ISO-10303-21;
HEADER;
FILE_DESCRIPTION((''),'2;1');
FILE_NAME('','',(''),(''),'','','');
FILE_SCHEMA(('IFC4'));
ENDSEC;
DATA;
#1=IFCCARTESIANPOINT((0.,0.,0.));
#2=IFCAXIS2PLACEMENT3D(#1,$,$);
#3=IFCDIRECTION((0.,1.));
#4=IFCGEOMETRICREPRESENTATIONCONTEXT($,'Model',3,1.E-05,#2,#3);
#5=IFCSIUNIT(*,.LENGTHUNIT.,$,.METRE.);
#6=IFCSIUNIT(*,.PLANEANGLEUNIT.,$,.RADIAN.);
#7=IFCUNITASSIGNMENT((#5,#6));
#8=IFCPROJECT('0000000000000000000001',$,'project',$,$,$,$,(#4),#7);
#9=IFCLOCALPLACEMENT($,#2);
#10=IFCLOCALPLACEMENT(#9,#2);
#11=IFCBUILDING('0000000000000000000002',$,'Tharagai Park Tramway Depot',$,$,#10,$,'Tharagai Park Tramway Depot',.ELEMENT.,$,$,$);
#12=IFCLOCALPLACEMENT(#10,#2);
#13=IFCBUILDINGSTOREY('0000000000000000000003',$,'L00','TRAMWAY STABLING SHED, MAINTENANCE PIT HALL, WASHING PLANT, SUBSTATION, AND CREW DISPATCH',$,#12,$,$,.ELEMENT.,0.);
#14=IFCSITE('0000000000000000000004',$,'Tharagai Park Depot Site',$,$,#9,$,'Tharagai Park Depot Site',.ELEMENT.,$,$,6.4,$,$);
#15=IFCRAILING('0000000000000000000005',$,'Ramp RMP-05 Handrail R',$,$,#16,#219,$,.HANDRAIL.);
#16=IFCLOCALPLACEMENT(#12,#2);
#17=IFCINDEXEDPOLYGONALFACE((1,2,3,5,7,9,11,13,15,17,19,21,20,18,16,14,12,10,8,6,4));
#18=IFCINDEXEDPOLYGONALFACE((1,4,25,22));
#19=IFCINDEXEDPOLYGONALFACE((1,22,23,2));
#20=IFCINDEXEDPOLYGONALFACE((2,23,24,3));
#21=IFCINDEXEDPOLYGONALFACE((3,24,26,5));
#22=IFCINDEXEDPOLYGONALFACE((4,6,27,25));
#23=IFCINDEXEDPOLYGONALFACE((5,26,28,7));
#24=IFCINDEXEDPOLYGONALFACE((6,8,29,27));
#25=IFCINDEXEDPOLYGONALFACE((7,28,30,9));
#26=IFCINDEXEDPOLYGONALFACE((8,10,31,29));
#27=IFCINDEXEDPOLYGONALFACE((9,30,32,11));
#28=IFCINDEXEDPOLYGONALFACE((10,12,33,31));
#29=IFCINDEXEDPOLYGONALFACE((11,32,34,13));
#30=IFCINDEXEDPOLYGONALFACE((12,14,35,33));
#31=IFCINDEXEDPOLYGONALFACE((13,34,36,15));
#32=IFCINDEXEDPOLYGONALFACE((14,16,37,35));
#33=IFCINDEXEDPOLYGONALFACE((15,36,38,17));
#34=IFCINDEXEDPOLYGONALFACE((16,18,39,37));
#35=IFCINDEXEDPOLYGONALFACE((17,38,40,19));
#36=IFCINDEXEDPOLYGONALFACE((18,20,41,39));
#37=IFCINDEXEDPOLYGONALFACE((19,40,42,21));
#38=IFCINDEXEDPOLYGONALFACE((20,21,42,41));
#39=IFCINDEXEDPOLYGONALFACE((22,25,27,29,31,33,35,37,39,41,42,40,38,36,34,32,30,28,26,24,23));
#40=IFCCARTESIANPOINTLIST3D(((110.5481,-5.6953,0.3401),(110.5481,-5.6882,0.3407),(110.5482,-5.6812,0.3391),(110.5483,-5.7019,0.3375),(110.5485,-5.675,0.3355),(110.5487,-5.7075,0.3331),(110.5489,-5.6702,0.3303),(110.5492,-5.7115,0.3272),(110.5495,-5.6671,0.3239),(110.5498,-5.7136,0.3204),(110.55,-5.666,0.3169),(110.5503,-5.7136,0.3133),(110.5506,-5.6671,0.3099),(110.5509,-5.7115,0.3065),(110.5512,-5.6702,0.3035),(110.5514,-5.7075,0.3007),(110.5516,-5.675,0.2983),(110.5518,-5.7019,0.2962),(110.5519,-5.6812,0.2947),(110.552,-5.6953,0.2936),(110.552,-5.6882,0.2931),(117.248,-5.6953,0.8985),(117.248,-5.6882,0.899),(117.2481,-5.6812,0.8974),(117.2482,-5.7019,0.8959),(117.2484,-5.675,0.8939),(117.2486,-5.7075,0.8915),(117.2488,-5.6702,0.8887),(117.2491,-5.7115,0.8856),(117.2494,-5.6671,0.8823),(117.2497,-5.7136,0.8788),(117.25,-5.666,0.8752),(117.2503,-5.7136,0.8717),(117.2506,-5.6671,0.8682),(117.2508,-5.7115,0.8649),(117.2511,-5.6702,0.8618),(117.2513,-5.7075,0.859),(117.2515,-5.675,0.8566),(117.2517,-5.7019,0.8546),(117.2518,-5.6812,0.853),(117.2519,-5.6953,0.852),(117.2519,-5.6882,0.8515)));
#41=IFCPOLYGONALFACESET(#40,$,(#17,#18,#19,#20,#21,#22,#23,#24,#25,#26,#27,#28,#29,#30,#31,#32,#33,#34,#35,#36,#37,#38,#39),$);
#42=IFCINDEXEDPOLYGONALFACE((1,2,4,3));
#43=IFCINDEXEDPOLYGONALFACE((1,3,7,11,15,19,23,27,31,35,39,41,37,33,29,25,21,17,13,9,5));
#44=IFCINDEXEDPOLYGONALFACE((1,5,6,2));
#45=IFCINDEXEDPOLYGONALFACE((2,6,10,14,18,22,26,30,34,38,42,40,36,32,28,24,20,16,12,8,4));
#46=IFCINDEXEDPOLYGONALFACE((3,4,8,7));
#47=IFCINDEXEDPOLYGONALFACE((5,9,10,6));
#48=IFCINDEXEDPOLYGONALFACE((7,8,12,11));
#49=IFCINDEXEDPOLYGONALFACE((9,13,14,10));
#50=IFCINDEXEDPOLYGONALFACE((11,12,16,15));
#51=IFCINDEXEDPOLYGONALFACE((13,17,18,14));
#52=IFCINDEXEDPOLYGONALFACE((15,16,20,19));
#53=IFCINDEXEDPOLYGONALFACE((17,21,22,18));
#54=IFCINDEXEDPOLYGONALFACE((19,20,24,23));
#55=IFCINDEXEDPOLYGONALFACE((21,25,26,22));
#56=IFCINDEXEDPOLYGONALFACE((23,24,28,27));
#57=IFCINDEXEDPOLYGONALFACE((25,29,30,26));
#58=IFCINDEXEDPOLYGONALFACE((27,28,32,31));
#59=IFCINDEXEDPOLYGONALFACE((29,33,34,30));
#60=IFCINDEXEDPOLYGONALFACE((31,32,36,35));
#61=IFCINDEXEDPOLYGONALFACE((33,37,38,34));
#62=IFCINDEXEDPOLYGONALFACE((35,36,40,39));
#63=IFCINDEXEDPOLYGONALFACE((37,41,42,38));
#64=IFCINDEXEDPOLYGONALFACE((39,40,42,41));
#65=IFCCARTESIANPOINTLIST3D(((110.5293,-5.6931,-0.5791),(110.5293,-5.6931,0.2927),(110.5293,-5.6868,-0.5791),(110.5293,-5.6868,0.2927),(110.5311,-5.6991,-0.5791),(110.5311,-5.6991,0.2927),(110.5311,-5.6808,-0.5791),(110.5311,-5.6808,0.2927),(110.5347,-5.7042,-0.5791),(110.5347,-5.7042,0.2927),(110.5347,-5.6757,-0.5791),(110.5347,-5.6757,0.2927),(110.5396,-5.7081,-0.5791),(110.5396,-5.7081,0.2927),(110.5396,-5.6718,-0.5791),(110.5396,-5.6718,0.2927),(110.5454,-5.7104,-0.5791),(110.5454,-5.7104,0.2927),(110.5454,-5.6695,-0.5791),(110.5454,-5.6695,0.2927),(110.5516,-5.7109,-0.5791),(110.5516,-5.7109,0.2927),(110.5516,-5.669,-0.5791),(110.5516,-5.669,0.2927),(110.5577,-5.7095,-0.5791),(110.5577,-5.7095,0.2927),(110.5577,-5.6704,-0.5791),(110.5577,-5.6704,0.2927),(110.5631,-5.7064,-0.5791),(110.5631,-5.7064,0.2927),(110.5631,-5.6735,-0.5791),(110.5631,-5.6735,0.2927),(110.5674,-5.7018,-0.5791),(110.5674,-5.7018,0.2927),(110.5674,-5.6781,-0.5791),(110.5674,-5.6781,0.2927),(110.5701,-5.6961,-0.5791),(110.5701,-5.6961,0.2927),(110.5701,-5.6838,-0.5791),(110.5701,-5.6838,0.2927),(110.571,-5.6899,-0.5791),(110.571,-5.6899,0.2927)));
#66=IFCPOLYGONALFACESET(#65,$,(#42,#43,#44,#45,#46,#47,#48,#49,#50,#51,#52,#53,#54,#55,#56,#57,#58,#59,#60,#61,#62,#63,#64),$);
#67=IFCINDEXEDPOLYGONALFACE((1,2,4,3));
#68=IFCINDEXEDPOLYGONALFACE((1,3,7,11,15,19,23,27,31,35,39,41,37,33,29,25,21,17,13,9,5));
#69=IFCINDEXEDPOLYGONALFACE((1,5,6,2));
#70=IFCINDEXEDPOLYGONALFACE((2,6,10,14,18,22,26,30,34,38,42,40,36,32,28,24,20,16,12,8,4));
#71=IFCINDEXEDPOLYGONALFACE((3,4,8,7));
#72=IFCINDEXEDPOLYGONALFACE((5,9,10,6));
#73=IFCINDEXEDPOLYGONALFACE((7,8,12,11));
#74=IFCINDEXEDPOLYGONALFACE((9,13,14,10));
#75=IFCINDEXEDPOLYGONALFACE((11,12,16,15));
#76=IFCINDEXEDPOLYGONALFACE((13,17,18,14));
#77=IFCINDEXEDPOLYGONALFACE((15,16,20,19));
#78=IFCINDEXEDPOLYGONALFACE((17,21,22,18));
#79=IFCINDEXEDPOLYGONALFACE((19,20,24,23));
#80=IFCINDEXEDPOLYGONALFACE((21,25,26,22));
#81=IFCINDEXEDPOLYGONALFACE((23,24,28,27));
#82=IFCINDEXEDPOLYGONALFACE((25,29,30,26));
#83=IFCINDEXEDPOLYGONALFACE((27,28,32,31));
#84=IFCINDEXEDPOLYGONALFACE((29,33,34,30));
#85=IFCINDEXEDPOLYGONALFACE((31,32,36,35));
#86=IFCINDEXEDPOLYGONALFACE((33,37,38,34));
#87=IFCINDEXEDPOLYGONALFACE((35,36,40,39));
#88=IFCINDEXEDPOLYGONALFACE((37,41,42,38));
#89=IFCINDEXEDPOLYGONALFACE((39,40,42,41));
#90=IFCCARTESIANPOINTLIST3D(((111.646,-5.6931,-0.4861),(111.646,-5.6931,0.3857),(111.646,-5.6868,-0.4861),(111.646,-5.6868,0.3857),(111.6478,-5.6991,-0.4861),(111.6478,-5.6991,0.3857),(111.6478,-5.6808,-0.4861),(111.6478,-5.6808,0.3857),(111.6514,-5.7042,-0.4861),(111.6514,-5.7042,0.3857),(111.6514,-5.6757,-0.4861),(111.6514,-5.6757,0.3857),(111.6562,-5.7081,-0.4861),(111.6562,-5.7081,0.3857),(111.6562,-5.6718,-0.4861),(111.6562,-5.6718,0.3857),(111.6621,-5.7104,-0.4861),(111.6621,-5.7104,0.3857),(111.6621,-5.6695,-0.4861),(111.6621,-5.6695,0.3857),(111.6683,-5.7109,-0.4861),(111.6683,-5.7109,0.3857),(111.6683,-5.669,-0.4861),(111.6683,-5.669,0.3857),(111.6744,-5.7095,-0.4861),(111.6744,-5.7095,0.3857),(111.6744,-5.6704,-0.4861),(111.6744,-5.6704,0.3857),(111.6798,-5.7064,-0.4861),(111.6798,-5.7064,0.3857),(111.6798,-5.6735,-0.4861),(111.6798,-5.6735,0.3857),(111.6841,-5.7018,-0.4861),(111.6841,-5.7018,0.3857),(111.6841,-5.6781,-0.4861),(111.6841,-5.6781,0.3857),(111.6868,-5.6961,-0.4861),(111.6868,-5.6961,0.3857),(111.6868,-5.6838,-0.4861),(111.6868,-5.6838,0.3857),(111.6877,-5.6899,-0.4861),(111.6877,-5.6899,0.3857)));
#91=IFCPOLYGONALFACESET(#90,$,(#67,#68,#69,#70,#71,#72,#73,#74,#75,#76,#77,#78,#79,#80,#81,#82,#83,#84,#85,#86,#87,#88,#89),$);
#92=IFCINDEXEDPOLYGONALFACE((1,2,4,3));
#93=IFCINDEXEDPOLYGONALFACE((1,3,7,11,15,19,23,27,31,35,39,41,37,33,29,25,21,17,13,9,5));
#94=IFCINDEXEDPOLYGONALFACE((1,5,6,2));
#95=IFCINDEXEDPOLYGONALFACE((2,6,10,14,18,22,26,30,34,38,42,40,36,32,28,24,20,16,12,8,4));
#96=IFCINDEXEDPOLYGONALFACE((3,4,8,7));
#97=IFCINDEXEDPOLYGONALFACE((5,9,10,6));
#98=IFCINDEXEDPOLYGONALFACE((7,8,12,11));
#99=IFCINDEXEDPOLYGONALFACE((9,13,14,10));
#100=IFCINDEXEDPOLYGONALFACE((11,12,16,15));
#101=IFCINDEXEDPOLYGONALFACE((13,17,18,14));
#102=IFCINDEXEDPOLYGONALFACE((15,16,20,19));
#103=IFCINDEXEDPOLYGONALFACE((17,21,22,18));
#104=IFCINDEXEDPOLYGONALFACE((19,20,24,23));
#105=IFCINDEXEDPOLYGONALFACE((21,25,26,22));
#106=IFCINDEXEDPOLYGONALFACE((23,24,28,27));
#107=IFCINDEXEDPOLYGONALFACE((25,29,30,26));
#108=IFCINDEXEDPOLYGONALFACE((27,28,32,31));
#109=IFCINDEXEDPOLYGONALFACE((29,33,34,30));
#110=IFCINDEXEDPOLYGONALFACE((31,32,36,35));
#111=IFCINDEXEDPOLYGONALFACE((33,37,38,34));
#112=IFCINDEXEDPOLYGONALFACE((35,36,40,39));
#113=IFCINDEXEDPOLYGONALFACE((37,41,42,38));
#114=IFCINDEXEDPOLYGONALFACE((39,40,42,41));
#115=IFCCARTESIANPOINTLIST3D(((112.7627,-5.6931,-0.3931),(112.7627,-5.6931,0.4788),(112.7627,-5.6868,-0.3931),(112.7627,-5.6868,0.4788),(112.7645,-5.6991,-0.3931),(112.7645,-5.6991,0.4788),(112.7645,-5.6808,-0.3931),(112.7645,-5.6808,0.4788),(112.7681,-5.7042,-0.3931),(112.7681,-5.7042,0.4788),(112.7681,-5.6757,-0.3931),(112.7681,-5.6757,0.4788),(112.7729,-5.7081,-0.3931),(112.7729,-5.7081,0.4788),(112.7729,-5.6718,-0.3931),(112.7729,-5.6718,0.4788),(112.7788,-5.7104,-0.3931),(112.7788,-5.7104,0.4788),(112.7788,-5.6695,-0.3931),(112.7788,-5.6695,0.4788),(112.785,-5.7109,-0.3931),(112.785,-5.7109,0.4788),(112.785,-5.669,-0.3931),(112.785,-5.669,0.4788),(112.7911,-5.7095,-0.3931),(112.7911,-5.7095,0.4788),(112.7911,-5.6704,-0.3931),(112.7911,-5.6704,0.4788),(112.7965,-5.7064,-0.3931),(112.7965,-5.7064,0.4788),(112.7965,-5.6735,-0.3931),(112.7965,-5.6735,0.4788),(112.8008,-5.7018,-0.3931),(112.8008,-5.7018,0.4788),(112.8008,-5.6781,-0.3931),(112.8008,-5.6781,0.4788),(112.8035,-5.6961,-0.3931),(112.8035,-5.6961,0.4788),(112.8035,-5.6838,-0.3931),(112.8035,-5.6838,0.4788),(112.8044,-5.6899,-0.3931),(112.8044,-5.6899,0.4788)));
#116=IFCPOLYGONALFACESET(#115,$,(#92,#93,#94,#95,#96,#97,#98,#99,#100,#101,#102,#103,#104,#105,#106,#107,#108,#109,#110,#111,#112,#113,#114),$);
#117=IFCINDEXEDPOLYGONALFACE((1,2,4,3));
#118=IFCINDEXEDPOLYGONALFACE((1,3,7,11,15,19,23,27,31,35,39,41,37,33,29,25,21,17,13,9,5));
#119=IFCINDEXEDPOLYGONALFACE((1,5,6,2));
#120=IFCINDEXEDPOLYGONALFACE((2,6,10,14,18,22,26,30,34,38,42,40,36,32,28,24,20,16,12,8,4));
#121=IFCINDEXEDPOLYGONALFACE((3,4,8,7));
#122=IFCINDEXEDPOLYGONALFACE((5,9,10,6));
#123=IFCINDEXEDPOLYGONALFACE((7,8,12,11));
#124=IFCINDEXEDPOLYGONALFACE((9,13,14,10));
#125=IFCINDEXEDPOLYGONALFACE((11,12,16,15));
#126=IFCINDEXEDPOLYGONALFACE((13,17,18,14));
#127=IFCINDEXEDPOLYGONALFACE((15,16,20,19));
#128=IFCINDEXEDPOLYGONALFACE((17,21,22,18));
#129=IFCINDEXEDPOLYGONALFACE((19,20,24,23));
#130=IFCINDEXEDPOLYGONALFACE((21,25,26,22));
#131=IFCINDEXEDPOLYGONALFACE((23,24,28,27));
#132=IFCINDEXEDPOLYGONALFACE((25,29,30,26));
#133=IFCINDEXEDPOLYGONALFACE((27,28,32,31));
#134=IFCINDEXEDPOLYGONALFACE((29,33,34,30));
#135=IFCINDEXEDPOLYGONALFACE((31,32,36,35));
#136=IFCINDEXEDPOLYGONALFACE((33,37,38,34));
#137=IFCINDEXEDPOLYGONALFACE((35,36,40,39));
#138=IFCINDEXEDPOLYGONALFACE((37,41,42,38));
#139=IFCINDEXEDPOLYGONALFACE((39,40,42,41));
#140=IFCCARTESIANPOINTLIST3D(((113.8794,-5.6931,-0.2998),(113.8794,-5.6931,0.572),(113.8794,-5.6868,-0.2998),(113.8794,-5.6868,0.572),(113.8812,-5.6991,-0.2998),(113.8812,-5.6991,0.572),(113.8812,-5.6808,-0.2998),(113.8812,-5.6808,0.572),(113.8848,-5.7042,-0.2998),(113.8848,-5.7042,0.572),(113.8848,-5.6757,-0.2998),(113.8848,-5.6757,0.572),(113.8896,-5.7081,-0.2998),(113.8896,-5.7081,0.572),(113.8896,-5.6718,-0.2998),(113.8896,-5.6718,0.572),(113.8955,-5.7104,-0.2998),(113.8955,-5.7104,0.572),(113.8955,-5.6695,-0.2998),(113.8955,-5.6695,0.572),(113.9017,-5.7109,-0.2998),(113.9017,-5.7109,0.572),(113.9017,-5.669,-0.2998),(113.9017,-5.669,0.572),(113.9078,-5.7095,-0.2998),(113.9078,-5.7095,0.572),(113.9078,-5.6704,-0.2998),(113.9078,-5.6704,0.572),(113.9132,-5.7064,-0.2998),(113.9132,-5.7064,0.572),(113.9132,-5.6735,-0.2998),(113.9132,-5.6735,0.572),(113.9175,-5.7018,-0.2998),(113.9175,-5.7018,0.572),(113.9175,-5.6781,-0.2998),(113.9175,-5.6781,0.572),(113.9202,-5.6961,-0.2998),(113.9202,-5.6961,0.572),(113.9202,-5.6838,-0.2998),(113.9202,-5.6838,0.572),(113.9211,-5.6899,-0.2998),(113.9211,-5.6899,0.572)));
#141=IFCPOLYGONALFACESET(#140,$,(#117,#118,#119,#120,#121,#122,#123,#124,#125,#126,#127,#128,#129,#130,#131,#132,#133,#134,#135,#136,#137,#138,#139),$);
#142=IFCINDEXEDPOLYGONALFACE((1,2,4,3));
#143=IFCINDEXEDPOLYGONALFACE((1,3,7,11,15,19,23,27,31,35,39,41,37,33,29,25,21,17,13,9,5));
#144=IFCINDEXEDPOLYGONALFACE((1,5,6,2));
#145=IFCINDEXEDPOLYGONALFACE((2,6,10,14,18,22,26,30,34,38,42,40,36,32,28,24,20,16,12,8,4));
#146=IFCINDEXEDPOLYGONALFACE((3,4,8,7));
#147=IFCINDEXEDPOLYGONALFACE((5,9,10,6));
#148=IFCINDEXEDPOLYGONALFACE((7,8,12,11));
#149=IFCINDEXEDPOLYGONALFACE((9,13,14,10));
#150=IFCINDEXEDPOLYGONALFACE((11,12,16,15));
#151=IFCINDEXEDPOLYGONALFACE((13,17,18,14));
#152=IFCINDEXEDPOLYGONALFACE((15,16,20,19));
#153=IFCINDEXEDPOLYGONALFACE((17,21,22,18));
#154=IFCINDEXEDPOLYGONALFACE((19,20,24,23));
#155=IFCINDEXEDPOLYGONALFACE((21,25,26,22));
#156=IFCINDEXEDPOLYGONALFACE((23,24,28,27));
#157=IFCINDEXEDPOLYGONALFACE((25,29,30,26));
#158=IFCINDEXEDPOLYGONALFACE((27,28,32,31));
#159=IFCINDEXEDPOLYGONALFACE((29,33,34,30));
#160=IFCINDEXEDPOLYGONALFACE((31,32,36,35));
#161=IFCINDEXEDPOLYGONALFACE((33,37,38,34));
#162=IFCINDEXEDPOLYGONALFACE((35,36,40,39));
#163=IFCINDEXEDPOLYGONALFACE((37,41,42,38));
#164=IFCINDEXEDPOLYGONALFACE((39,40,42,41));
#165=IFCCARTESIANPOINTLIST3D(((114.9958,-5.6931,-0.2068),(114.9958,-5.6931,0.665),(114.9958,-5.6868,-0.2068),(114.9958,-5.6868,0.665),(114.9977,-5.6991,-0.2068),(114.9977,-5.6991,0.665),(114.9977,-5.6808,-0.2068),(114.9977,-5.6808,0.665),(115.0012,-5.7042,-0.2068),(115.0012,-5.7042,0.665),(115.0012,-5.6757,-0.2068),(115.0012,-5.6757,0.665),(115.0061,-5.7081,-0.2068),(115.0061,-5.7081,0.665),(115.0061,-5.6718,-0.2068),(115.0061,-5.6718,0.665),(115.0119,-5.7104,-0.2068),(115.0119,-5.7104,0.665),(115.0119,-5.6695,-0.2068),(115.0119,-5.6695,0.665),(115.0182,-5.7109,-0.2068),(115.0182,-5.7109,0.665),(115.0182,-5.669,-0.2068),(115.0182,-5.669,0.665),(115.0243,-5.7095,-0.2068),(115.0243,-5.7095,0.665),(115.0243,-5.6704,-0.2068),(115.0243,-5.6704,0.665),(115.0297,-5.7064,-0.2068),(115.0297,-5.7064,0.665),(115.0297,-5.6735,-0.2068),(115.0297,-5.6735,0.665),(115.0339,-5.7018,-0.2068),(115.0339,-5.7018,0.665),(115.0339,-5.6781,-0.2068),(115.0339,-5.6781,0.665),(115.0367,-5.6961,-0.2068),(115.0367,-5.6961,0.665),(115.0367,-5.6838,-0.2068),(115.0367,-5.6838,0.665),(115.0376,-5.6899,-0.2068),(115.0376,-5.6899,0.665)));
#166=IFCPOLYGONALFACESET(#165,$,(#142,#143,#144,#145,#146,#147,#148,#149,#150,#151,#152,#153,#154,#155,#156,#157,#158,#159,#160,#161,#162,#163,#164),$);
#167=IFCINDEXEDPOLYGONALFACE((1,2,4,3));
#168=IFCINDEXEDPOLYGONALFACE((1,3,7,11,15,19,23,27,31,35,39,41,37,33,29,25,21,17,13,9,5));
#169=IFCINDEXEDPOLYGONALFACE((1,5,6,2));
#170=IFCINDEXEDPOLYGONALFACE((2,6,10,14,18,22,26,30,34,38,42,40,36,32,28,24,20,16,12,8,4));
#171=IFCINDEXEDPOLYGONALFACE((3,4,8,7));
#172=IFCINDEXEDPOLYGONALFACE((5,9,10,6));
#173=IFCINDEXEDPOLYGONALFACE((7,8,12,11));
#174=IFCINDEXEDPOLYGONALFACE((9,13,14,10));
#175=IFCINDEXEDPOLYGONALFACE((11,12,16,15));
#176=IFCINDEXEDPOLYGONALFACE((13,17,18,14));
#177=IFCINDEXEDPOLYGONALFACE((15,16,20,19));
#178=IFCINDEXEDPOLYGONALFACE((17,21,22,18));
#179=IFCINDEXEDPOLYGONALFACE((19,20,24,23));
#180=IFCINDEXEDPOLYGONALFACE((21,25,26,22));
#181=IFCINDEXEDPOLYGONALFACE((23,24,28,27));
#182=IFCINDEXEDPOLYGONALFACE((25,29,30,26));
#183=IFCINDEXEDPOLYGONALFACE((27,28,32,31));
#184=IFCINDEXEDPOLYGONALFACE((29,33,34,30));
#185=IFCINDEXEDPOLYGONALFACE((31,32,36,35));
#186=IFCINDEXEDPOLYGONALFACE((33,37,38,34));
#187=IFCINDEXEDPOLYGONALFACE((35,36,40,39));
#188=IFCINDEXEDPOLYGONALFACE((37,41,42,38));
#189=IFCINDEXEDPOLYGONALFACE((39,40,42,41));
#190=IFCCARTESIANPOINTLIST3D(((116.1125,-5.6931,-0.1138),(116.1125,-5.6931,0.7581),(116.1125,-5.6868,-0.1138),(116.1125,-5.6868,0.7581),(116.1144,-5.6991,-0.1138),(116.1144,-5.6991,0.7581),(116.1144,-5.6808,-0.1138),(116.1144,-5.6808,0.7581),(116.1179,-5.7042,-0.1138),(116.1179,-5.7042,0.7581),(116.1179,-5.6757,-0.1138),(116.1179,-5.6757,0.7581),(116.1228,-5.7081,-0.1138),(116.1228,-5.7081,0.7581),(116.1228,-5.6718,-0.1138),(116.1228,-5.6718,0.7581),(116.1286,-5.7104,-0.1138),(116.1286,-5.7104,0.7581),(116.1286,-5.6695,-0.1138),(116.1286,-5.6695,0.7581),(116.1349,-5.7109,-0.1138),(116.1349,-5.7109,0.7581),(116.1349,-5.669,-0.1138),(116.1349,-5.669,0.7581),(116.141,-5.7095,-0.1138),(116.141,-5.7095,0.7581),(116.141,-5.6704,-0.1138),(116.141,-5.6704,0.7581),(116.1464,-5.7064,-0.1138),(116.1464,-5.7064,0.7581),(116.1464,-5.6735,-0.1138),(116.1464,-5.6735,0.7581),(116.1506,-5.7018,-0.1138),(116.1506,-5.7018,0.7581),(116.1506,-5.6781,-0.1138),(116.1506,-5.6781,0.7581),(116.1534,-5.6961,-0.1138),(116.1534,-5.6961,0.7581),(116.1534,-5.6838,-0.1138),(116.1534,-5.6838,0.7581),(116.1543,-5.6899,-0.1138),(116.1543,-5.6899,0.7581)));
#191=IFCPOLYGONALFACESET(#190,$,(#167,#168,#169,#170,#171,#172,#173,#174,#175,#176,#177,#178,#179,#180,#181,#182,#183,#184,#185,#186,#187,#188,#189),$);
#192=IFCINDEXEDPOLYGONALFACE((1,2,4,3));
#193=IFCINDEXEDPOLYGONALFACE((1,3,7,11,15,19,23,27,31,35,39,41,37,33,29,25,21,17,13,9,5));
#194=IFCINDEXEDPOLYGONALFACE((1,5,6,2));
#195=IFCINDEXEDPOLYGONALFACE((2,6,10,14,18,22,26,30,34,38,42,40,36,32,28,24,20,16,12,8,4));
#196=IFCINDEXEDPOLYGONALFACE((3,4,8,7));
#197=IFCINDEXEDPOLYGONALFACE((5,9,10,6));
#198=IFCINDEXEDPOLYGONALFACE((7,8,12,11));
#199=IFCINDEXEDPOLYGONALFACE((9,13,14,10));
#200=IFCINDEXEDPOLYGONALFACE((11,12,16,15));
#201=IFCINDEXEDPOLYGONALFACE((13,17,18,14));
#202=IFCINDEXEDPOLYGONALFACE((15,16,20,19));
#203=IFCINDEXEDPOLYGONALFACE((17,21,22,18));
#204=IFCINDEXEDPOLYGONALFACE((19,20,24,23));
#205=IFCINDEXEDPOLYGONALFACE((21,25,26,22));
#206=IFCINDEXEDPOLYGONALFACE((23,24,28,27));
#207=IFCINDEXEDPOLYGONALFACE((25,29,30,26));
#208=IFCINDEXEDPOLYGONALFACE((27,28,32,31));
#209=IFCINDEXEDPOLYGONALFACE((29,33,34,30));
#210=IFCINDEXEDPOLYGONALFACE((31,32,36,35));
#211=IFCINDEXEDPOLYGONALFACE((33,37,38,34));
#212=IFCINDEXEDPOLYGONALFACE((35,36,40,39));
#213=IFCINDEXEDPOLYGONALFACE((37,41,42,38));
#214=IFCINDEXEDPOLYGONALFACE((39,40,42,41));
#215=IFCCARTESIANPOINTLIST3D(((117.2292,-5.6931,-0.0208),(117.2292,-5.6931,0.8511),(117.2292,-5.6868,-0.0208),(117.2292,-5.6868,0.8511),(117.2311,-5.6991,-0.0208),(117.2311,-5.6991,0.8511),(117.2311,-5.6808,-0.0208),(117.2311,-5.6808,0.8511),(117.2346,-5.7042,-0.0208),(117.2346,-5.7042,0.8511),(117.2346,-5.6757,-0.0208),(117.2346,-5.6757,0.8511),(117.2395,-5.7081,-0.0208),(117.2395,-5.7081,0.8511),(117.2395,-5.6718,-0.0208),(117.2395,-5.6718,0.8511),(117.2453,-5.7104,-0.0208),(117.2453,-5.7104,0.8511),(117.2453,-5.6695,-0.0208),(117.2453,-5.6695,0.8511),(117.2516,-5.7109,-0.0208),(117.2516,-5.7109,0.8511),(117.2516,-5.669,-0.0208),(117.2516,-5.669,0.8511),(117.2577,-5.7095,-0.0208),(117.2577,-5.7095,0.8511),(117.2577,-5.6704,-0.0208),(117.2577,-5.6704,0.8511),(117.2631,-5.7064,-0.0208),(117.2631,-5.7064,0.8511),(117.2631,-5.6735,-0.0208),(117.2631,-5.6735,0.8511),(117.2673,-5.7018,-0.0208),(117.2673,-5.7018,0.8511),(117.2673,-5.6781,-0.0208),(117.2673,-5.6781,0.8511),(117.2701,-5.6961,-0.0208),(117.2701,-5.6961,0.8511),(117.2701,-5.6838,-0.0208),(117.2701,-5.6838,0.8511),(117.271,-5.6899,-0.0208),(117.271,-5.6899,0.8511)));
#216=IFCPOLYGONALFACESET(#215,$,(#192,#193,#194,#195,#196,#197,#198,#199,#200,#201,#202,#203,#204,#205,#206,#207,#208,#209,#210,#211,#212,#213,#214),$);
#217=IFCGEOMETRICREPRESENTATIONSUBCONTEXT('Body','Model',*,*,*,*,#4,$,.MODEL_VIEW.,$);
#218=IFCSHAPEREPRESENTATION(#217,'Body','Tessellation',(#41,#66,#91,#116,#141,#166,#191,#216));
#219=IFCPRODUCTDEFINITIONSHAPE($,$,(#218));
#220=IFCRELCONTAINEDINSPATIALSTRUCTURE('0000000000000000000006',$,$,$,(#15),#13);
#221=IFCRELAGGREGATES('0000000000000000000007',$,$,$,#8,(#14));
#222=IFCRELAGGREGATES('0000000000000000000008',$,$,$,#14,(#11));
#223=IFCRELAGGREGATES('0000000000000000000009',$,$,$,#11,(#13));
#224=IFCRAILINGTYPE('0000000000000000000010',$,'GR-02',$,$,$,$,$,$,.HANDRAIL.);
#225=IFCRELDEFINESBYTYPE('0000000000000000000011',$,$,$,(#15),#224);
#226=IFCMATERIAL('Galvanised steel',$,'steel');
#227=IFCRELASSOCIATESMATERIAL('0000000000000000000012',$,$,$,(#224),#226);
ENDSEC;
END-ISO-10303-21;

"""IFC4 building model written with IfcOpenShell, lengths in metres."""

from ifc_helpers import new_model, si_unit, direction, frame, origin, origin_2d, place, context, subcontext, project, spatial, circle, extrude, material, type_object, element, save


model = new_model("IFC4")

# Units and contexts
model_context = context("Model", 3, precision=1e-05, world=origin(), true_north=direction((0.0, 1.0)))
body_context = subcontext(model_context, "Body", "Model", "MODEL_VIEW")
ifc_project = project(units=[si_unit("LENGTHUNIT", "METRE"), si_unit("PLANEANGLEUNIT", "RADIAN")], contexts=[model_context])

# Site, building, storey
site_placement = place(None, origin())
site = spatial("IfcSite", under=ifc_project, at=site_placement, Name="Tharagai Park Depot Site", LongName="Tharagai Park Depot Site", CompositionType="ELEMENT", RefElevation=6.4)
building_placement = place(site_placement, origin())
building = spatial("IfcBuilding", under=site, at=building_placement, Name="Tharagai Park Tramway Depot", LongName="Tharagai Park Tramway Depot", CompositionType="ELEMENT")
storey_placement = place(building_placement, origin())
storey = spatial("IfcBuildingStorey", under=building, at=storey_placement, Name="L00", Description="TRAMWAY STABLING SHED, MAINTENANCE PIT HALL, WASHING PLANT, SUBSTATION, AND CREW DISPATCH", CompositionType="ELEMENT", Elevation=0.0)

# Railing
ifc_material_1 = material(Name="Galvanised steel", Category="steel")
railing_type = type_object("IfcRailingType", Name="GR-02", PredefinedType="HANDRAIL", material=ifc_material_1)
for number, where, name in (
    (1, (110.55, -5.6899, -0.5791), "Ramp RMP-05 Handrail R"),
):
    element("IfcRailing", number, at=place(storey_placement, frame(where)), inside=storey, type_object=railing_type, Name=name, PredefinedType="HANDRAIL", context=body_context, shape_type="SweptSolid", body=[
        extrude(circle(Radius=0.0239, at=origin_2d()), frame((0.0, 0.0, 0.896), z_axis=(0.996546, 0.0, 0.083048), x_axis=(0.0, 1.0, 0.0)), (0.0, 0.0, 1.0), 6.7231),
        extrude(circle(Radius=0.021, at=origin_2d()), origin(), (0.0, 0.0, 1.0), 0.8718),
        extrude(circle(Radius=0.021, at=origin_2d()), frame((1.1167, 0.0, 0.093)), (0.0, 0.0, 1.0), 0.8718),
        extrude(circle(Radius=0.021, at=origin_2d()), frame((2.2334, 0.0, 0.186)), (0.0, 0.0, 1.0), 0.8718),
        extrude(circle(Radius=0.021, at=origin_2d()), frame((3.3501, 0.0, 0.2793)), (0.0, 0.0, 1.0), 0.8718),
        extrude(circle(Radius=0.021, at=origin_2d()), frame((4.4666, 0.0, 0.3723)), (0.0, 0.0, 1.0), 0.8718),
        extrude(circle(Radius=0.021, at=origin_2d()), frame((5.5833, 0.0, 0.4653)), (0.0, 0.0, 1.0), 0.8718),
        extrude(circle(Radius=0.021, at=origin_2d()), frame((6.7, 0.0, 0.5583)), (0.0, 0.0, 1.0), 0.8718),
    ])

save(model, "model.ifc")
